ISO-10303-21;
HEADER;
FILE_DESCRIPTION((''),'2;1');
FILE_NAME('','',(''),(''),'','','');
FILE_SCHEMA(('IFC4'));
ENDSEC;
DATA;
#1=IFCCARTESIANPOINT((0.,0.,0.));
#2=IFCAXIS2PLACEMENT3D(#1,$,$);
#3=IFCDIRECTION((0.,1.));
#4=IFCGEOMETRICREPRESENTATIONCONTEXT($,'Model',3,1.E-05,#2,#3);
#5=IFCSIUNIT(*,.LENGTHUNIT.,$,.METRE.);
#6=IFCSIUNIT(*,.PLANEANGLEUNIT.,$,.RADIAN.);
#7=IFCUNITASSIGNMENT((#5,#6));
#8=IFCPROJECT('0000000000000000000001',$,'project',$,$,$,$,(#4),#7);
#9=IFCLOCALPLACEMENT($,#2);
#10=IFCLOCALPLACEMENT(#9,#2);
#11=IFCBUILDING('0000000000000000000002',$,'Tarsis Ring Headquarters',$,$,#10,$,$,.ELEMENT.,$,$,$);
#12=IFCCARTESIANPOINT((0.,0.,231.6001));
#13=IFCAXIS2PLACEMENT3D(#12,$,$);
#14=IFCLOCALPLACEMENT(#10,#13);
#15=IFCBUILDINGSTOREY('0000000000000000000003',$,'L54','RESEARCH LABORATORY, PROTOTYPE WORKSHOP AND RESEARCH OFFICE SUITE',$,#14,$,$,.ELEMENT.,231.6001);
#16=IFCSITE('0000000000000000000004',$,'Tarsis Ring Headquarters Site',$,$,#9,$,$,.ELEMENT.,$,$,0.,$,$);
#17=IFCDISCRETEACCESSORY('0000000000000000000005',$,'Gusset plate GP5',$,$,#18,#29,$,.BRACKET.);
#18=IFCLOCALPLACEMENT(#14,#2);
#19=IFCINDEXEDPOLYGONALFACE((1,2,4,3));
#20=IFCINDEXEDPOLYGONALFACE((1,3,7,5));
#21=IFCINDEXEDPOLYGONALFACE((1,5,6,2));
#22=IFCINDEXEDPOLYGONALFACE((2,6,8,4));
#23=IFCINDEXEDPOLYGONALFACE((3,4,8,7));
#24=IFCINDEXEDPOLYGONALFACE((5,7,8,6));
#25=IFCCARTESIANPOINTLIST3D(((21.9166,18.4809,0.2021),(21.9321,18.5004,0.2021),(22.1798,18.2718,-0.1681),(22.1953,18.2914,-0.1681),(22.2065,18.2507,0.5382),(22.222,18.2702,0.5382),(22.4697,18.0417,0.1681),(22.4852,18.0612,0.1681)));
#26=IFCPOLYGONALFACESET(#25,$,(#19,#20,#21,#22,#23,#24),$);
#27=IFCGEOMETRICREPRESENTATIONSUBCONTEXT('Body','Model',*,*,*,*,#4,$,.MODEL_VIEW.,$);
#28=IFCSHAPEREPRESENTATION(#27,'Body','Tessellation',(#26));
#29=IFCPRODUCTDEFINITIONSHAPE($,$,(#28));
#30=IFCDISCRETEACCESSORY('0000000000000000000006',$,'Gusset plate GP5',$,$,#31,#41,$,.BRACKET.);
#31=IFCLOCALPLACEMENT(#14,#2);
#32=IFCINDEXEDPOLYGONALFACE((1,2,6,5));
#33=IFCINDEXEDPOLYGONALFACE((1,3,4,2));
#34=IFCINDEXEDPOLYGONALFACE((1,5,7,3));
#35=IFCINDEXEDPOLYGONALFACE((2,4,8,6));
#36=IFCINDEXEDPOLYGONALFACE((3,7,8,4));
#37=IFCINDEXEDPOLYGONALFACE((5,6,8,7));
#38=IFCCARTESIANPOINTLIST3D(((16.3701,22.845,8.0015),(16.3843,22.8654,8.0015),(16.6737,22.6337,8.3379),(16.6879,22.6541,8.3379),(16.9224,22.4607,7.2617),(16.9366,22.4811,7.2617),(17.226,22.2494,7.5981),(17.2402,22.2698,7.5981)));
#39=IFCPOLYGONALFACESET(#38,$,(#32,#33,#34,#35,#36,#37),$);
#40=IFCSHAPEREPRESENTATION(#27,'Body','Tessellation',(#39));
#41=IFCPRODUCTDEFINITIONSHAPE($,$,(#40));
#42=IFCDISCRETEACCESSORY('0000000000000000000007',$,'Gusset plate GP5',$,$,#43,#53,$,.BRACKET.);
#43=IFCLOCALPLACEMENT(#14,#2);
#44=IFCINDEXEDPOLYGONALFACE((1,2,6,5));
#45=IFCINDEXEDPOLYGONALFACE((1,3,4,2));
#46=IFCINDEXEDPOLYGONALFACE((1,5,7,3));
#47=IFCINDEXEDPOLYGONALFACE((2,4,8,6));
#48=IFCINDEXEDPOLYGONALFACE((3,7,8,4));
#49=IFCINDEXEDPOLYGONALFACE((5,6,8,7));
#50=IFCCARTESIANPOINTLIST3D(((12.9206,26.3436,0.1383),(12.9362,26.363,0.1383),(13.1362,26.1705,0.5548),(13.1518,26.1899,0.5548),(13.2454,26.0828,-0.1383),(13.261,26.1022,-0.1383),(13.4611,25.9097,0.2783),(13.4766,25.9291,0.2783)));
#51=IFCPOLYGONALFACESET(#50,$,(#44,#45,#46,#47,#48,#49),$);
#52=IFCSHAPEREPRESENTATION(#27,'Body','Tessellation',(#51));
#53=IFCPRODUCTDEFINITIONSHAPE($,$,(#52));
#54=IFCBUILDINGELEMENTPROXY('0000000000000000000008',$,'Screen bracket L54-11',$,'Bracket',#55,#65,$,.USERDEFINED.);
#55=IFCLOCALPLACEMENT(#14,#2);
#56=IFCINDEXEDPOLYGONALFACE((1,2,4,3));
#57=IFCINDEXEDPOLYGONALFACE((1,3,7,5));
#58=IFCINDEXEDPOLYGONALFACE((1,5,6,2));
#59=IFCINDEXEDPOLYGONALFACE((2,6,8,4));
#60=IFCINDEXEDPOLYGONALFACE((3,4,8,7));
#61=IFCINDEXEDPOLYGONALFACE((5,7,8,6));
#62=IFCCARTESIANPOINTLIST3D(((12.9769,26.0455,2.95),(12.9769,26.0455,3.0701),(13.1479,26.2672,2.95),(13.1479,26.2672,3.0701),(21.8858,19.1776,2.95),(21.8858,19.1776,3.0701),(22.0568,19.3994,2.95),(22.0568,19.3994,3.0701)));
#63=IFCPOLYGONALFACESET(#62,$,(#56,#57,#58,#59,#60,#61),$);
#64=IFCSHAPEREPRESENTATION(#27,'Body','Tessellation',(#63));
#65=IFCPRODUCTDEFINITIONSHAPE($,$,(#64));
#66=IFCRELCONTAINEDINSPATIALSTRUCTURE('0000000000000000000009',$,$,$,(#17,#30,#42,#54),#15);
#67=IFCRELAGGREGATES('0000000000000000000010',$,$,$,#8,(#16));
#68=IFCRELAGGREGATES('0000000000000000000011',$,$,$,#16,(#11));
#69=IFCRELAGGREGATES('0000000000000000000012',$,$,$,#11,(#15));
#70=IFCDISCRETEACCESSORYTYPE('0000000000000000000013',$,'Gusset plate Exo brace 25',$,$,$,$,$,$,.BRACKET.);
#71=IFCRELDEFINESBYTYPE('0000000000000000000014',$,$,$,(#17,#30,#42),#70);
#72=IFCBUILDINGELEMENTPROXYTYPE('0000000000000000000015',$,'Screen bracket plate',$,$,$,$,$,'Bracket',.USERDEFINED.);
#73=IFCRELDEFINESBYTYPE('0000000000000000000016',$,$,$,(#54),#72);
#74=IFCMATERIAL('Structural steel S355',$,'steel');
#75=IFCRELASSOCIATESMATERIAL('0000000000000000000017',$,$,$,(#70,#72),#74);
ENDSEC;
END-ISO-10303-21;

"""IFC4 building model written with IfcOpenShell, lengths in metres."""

from ifc_helpers import new_model, si_unit, direction, frame, origin, origin_2d, place, context, subcontext, project, spatial, rectangle, extrude, material, material_profile, profile_set, type_object, element, save


model = new_model("IFC4")

# Units and contexts
model_context = context("Model", 3, precision=1e-05, world=origin(), true_north=direction((0.0, 1.0)))
body_context = subcontext(model_context, "Body", "Model", "MODEL_VIEW")
ifc_project = project(units=[si_unit("LENGTHUNIT", "METRE"), si_unit("PLANEANGLEUNIT", "RADIAN")], contexts=[model_context])

# Site, building, storey
site_placement = place(None, origin())
site = spatial("IfcSite", under=ifc_project, at=site_placement, Name="Tarsis Ring Headquarters Site", CompositionType="ELEMENT", RefElevation=0.0)
building_placement = place(site_placement, origin())
building = spatial("IfcBuilding", under=site, at=building_placement, Name="Tarsis Ring Headquarters", CompositionType="ELEMENT")
storey_placement = place(building_placement, frame((0.0, 0.0, 231.6001)))
storey = spatial("IfcBuildingStorey", under=building, at=storey_placement, Name="L54", Description="RESEARCH LABORATORY, PROTOTYPE WORKSHOP AND RESEARCH OFFICE SUITE", CompositionType="ELEMENT", Elevation=231.6001)

# Shared definitions
ifc_material_1 = material(Name="Structural steel S355", Category="steel")

# Discrete accessories
ifc_material_profile_1 = material_profile(ifc_material_1, rectangle(XDim=0.0249, YDim=0.5, at=origin_2d()), Name="PL 25x500")
ifc_profile_set_1 = profile_set([ifc_material_profile_1], Name="Structural steel S355")
discrete_accessory_type = type_object("IfcDiscreteAccessoryType", Name="Gusset plate Exo brace 25", PredefinedType="BRACKET", material=ifc_profile_set_1)
discrete_accessory_1_placement = place(storey_placement, frame((22.3325, 18.1665, 0.0), z_axis=(-0.526444, 0.41803, 0.740343), x_axis=(-0.621856, -0.783132, 0.0)))
element("IfcDiscreteAccessory", 1, at=discrete_accessory_1_placement, inside=storey, type_object=discrete_accessory_type, Name="Gusset plate GP5", PredefinedType="BRACKET", context=body_context, shape_type="SweptSolid", body=[
    extrude(rectangle(XDim=0.0249, YDim=0.5, at=origin_2d()), origin(), (0.0, 0.0, 1.0), 0.5),
])
discrete_accessory_2_placement = place(storey_placement, frame((17.0813, 22.3652, 7.4299), z_axis=(-0.552282, 0.384302, 0.739795), x_axis=(-0.571171, -0.820831, 0.0)))
element("IfcDiscreteAccessory", 2, at=discrete_accessory_2_placement, inside=storey, type_object=discrete_accessory_type, Name="Gusset plate GP5", PredefinedType="BRACKET", context=body_context, shape_type="SweptSolid", body=[
    extrude(rectangle(XDim=0.0249, YDim=0.5, at=origin_2d()), origin(), (0.0, 0.0, 1.0), 1.0),
])
discrete_accessory_3_placement = place(storey_placement, frame((13.0908, 26.2229, 0.0), z_axis=(0.431229, -0.346253, 0.833157), x_axis=(0.626094, 0.779748, 0.0)))
element("IfcDiscreteAccessory", 3, at=discrete_accessory_3_placement, inside=storey, type_object=discrete_accessory_type, Name="Gusset plate GP5", PredefinedType="BRACKET", context=body_context, shape_type="SweptSolid", body=[
    extrude(rectangle(XDim=0.0249, YDim=0.5, at=origin_2d()), origin(), (0.0, 0.0, 1.0), 0.5),
])

# Building element proxy
building_element_proxy_type = type_object("IfcBuildingElementProxyType", Name="Screen bracket plate", ElementType="Bracket", PredefinedType="USERDEFINED", material=ifc_material_1)
proxy_placement = place(storey_placement, frame((17.5168, 22.7224, 2.95), z_axis=(0.0, 0.0, 1.0), x_axis=(-0.791983, 0.610543, 0.0)))
element("IfcBuildingElementProxy", 4, at=proxy_placement, inside=storey, type_object=building_element_proxy_type, Name="Screen bracket L54-11", ObjectType="Bracket", PredefinedType="USERDEFINED", context=body_context, shape_type="SweptSolid", body=[
    extrude(rectangle(XDim=11.2488, YDim=0.28, at=origin_2d()), origin(), (0.0, 0.0, 1.0), 0.1201),
])

save(model, "model.ifc")
